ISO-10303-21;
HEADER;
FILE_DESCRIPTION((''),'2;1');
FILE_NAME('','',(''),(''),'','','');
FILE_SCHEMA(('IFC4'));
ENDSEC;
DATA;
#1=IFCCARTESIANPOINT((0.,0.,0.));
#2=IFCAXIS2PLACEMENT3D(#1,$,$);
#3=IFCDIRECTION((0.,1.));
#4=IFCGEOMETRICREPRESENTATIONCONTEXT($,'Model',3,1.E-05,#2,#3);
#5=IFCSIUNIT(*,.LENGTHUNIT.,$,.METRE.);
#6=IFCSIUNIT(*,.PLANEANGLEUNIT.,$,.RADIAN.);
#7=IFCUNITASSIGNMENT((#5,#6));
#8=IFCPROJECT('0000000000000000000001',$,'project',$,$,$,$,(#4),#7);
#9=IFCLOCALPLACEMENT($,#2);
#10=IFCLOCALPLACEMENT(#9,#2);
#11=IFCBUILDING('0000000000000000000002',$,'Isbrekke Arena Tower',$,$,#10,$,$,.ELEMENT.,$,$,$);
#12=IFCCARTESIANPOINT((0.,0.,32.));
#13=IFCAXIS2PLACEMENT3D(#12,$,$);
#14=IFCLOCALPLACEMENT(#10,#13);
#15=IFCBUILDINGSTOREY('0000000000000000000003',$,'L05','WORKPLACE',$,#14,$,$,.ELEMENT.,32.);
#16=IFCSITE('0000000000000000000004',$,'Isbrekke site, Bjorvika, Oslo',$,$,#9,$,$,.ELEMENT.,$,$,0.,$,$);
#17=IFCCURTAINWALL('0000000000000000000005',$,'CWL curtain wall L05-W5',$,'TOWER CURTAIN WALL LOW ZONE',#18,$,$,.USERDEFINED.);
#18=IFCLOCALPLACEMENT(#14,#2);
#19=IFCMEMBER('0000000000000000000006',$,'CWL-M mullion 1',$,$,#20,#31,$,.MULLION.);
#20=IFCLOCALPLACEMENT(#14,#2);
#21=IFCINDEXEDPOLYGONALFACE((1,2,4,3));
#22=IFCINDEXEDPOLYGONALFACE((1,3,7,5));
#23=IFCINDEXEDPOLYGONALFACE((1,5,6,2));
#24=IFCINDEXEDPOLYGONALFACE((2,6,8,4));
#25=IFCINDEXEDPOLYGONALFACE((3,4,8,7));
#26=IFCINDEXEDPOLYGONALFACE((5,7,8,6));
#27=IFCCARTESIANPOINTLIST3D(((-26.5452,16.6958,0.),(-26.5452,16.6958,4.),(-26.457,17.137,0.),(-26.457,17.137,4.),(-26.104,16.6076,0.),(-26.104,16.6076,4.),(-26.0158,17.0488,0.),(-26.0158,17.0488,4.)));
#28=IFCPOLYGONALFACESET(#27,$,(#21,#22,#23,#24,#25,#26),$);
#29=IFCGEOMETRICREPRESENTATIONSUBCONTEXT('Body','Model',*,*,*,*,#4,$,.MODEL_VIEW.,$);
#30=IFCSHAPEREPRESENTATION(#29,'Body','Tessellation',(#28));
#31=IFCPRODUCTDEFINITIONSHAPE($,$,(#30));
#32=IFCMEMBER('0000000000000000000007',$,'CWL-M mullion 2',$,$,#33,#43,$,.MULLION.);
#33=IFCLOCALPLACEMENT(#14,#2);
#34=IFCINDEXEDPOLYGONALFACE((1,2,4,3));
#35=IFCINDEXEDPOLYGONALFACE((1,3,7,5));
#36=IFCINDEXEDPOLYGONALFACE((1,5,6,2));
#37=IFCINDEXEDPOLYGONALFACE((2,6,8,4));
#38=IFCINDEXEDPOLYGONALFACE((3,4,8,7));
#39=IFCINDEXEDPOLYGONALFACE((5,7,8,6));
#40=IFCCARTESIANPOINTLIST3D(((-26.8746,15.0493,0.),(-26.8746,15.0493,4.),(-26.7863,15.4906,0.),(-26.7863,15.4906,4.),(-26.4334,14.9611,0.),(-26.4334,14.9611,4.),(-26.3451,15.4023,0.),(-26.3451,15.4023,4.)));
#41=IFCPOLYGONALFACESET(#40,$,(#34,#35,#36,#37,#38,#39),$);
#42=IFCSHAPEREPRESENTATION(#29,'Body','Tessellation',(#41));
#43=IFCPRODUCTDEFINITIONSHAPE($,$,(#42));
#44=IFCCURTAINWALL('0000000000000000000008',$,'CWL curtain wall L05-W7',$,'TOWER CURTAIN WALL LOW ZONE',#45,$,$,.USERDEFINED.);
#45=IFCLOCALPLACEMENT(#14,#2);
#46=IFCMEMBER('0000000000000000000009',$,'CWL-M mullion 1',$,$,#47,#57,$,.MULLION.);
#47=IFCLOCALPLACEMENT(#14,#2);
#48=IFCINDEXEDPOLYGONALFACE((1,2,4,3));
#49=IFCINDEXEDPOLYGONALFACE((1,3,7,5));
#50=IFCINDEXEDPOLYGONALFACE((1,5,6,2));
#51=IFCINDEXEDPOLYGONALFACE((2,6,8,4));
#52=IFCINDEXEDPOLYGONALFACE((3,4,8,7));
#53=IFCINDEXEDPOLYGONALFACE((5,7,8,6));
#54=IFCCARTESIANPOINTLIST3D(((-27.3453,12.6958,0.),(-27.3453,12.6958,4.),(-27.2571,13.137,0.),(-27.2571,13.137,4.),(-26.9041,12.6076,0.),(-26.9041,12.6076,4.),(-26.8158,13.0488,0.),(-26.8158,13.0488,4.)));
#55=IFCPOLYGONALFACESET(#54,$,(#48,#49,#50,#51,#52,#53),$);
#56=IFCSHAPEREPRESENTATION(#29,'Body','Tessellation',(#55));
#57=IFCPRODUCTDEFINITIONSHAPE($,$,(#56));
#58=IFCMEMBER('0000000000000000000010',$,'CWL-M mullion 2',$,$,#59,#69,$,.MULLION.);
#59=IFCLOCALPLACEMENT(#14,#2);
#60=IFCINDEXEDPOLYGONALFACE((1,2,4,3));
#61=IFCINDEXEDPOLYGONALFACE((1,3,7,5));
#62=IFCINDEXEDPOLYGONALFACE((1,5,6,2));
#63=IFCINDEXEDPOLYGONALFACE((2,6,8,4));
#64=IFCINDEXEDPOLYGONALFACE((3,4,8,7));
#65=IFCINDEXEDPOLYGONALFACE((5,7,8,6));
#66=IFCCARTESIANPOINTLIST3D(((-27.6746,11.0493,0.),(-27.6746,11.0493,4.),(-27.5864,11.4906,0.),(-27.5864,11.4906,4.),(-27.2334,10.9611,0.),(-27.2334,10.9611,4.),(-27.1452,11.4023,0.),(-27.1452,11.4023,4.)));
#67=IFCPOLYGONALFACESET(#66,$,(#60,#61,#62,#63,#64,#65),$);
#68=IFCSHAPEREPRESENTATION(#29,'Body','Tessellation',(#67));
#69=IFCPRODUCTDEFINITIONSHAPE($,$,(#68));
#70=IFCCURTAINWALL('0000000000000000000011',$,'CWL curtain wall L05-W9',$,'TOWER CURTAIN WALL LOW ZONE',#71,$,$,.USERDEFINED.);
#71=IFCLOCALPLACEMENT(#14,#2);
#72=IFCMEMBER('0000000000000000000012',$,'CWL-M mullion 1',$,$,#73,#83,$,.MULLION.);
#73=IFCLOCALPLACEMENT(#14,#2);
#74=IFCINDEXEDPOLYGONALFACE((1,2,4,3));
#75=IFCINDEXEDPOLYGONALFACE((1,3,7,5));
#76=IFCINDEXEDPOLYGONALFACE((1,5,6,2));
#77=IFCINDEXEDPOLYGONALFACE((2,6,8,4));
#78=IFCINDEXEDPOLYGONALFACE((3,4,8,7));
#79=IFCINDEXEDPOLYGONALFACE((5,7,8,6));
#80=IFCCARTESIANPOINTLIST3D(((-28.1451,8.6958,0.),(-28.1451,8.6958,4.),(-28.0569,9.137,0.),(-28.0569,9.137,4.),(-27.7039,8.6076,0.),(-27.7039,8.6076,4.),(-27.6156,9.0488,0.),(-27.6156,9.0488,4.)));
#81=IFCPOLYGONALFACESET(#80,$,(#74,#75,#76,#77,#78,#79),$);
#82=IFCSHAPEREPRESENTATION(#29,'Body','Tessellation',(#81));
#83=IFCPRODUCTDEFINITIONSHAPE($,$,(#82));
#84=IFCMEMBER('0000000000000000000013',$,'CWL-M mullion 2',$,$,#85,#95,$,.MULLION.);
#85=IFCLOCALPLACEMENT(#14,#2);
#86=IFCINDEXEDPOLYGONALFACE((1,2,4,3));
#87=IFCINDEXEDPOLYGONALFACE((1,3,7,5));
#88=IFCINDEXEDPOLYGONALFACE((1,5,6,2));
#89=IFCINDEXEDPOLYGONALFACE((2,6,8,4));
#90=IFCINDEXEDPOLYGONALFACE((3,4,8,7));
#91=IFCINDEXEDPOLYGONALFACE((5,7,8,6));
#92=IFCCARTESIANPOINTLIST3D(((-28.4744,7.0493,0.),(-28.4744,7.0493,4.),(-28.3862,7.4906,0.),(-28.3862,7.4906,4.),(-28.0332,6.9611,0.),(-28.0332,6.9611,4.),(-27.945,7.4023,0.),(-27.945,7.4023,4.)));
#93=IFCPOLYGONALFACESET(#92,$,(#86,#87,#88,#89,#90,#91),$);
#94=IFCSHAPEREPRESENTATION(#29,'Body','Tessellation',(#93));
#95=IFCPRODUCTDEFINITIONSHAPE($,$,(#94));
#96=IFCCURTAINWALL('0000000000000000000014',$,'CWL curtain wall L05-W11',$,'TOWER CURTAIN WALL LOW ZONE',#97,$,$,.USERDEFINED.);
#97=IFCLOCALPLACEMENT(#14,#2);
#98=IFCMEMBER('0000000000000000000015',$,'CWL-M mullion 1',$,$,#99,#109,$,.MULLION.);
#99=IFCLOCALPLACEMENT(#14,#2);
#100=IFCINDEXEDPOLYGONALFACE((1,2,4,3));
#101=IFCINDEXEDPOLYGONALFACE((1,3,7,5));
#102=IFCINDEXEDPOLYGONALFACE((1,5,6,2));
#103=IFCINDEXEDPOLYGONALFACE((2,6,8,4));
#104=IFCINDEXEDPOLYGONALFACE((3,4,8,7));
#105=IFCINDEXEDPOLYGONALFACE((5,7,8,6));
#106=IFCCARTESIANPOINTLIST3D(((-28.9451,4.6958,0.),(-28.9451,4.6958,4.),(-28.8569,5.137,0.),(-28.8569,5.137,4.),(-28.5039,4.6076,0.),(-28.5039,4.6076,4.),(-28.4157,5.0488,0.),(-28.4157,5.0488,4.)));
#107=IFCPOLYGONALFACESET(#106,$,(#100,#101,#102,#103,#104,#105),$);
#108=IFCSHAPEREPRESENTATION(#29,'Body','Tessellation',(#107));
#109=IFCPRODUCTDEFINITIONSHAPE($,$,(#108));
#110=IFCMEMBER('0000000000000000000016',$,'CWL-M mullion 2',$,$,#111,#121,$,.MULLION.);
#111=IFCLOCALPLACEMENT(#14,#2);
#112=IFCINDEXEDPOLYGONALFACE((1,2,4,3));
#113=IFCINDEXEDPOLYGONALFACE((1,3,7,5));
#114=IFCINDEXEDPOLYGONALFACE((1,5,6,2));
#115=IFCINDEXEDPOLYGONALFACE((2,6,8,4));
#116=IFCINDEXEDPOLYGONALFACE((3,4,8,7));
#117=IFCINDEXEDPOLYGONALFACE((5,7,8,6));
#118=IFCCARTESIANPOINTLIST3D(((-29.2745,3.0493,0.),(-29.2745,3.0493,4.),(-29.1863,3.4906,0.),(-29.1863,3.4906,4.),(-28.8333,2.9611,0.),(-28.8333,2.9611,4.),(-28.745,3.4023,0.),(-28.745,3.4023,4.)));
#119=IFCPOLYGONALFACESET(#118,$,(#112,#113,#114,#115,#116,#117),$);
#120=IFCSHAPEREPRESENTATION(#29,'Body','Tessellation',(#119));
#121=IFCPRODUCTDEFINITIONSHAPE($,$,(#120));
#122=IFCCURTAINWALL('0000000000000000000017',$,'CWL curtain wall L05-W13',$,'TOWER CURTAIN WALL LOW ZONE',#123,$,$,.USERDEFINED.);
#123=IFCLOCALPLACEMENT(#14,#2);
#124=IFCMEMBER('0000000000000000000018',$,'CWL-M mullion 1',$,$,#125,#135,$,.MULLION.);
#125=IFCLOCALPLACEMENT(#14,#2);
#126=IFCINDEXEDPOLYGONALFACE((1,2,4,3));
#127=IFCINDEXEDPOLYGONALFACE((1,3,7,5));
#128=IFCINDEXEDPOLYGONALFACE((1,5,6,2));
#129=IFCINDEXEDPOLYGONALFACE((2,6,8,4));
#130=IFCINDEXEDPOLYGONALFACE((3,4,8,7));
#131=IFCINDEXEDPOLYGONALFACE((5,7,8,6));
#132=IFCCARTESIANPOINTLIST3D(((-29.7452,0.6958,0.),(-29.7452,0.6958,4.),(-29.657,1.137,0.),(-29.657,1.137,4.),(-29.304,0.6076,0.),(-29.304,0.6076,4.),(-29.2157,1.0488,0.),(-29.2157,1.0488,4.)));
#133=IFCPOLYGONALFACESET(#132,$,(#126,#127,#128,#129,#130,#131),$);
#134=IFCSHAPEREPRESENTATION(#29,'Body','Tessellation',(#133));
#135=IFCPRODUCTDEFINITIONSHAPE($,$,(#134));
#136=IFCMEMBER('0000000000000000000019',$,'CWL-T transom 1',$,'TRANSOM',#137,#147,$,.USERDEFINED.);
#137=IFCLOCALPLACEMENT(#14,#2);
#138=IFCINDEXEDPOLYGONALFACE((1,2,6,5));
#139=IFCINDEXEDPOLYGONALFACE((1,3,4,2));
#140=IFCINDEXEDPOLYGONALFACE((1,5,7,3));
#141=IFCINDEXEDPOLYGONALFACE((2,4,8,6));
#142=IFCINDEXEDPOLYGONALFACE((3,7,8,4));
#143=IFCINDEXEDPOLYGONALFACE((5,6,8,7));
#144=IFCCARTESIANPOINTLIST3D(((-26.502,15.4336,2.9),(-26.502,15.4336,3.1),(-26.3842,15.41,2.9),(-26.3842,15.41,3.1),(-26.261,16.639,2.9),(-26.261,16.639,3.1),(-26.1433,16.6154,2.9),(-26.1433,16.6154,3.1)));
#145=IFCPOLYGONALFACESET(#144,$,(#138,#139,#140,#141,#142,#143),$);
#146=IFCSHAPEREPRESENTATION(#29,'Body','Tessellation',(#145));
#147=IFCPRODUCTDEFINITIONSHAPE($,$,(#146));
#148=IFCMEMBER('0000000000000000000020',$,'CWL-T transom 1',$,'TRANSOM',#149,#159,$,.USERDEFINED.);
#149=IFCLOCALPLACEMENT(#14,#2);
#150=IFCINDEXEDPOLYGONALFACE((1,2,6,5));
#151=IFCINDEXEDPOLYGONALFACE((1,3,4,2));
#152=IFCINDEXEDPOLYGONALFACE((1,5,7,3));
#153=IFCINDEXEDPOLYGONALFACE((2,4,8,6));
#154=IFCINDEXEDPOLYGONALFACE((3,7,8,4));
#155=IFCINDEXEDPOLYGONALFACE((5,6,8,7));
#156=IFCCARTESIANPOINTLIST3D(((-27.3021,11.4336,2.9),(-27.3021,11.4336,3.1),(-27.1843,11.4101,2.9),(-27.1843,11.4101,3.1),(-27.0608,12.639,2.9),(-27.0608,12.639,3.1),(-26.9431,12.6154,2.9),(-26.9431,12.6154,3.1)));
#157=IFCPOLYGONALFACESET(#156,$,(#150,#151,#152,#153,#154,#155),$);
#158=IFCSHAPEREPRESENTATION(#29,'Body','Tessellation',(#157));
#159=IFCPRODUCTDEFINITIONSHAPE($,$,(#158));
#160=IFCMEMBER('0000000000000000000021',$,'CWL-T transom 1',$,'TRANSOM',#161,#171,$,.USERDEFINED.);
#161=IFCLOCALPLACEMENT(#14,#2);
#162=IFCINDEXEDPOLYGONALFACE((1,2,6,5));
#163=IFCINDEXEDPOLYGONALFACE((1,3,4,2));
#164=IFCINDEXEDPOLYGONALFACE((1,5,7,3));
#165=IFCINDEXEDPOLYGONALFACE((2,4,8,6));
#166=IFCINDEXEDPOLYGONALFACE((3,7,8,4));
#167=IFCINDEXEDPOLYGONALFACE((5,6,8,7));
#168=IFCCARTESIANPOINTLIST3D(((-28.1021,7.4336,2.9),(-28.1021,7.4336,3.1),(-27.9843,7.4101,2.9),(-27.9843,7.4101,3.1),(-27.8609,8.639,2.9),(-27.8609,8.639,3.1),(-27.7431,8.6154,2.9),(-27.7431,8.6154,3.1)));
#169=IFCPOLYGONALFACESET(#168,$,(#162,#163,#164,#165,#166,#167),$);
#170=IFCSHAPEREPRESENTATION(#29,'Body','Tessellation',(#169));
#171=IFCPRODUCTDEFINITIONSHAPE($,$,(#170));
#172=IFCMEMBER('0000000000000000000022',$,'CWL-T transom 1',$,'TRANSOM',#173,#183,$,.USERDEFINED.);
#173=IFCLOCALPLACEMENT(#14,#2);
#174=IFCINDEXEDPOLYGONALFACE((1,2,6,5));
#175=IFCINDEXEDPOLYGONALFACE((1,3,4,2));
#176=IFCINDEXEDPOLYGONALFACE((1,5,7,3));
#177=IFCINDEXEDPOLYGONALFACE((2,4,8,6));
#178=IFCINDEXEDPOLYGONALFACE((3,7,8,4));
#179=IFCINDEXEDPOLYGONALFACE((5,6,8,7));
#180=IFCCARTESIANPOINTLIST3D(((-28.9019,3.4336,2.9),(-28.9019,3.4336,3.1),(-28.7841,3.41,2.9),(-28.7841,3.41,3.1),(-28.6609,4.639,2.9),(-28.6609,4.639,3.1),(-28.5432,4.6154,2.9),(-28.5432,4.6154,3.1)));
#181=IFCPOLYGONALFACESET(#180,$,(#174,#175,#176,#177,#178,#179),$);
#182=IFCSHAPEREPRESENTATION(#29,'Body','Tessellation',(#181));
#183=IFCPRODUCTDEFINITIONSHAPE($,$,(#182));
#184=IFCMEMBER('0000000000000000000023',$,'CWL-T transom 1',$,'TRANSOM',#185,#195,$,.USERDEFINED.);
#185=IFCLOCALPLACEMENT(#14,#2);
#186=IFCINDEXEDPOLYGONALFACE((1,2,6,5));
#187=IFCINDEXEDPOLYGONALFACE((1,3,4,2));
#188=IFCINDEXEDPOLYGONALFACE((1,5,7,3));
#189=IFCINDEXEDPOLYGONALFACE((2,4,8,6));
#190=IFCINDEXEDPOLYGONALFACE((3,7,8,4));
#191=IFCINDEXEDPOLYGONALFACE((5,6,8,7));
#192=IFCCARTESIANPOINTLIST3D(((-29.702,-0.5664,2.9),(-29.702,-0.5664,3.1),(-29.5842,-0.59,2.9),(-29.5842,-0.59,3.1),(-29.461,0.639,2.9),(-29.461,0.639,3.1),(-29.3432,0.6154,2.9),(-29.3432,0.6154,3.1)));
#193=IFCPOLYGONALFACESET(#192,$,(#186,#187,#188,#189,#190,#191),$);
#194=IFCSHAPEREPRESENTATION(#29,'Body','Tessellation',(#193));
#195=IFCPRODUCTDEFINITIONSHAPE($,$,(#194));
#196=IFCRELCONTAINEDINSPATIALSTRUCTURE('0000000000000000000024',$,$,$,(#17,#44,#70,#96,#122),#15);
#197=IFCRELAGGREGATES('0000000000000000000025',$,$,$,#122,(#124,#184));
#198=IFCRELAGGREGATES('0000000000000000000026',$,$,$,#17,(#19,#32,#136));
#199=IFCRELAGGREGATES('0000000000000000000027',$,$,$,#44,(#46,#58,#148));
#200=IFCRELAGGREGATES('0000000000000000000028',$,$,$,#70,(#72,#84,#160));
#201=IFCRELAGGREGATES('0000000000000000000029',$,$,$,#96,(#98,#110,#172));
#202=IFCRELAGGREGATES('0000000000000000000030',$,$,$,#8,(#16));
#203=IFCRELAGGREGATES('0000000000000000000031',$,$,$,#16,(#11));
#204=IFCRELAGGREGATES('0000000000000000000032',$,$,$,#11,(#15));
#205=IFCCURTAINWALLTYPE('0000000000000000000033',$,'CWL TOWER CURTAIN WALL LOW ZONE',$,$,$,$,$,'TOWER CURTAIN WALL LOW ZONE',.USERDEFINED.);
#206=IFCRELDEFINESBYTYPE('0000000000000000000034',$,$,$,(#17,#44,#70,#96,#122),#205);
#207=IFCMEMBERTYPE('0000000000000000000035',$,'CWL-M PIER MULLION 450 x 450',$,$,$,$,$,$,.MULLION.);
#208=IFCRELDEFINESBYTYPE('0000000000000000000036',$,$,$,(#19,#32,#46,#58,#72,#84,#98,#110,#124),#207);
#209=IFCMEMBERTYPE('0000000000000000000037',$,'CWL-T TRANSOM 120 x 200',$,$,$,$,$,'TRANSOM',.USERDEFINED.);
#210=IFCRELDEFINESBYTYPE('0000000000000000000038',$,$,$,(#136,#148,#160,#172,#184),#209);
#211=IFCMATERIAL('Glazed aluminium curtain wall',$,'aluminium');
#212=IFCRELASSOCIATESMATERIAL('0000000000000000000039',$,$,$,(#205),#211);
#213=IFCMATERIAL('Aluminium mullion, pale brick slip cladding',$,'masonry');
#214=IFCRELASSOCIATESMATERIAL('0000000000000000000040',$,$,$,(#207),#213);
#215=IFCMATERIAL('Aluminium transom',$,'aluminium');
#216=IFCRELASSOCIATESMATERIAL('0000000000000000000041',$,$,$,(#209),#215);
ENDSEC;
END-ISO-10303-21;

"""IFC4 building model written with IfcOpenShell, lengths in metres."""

from ifc_helpers import new_model, si_unit, direction, frame, origin, origin_2d, place, context, subcontext, project, spatial, rectangle, extrude, material, material_profile, profile_set, type_object, element, aggregate, save


model = new_model("IFC4")

# Units and contexts
model_context = context("Model", 3, precision=1e-05, world=origin(), true_north=direction((0.0, 1.0)))
body_context = subcontext(model_context, "Body", "Model", "MODEL_VIEW")
ifc_project = project(units=[si_unit("LENGTHUNIT", "METRE"), si_unit("PLANEANGLEUNIT", "RADIAN")], contexts=[model_context])

# Site, building, storey
site_placement = place(None, origin())
site = spatial("IfcSite", under=ifc_project, at=site_placement, Name="Isbrekke site, Bjorvika, Oslo", CompositionType="ELEMENT", RefElevation=0.0)
building_placement = place(site_placement, origin())
building = spatial("IfcBuilding", under=site, at=building_placement, Name="Isbrekke Arena Tower", CompositionType="ELEMENT")
storey_placement = place(building_placement, frame((0.0, 0.0, 32.0)))
storey = spatial("IfcBuildingStorey", under=building, at=storey_placement, Name="L05", Description="WORKPLACE", CompositionType="ELEMENT", Elevation=32.0)

# Curtain walls, members
ifc_material_1 = material(Name="Glazed aluminium curtain wall", Category="aluminium")
curtain_wall_type = type_object("IfcCurtainWallType", Name="CWL TOWER CURTAIN WALL LOW ZONE", ElementType="TOWER CURTAIN WALL LOW ZONE", PredefinedType="USERDEFINED", material=ifc_material_1)
curtain_wall_1_placement = place(storey_placement, origin())
curtain_wall_1 = element("IfcCurtainWall", 1, at=curtain_wall_1_placement, inside=storey, type_object=curtain_wall_type, Name="CWL curtain wall L05-W5", ObjectType="TOWER CURTAIN WALL LOW ZONE", PredefinedType="USERDEFINED")
ifc_material_2 = material(Name="Aluminium mullion, pale brick slip cladding", Category="masonry")
ifc_material_profile_1 = material_profile(ifc_material_2, rectangle(XDim=0.45, YDim=0.45, at=origin_2d()), Name="PIER 450X450")
ifc_profile_set_1 = profile_set([ifc_material_profile_1], Name="Aluminium mullion, pale brick slip cladding")
member_type_1 = type_object("IfcMemberType", Name="CWL-M PIER MULLION 450 x 450", PredefinedType="MULLION", material=ifc_profile_set_1)
member_1_placement = place(storey_placement, frame((-26.2805, 16.8723, 0.0), z_axis=(0.0, 0.0, 1.0), x_axis=(-0.196116, -0.980581, 0.0)))
member_1 = element("IfcMember", 2, at=member_1_placement, type_object=member_type_1, Name="CWL-M mullion 1", PredefinedType="MULLION", context=body_context, shape_type="SweptSolid", body=[
    extrude(rectangle(XDim=0.45, YDim=0.45, at=origin_2d()), origin(), (0.0, 0.0, 1.0), 4.0),
])
member_2_placement = place(storey_placement, frame((-26.6099, 15.2258, 0.0), z_axis=(0.0, 0.0, 1.0), x_axis=(-0.196116, -0.980581, 0.0)))
member_2 = element("IfcMember", 3, at=member_2_placement, type_object=member_type_1, Name="CWL-M mullion 2", PredefinedType="MULLION", context=body_context, shape_type="SweptSolid", body=[
    extrude(rectangle(XDim=0.45, YDim=0.45, at=origin_2d()), origin(), (0.0, 0.0, 1.0), 4.0),
])
curtain_wall_2_placement = place(storey_placement, origin())
curtain_wall_2 = element("IfcCurtainWall", 4, at=curtain_wall_2_placement, inside=storey, type_object=curtain_wall_type, Name="CWL curtain wall L05-W7", ObjectType="TOWER CURTAIN WALL LOW ZONE", PredefinedType="USERDEFINED")
member_3_placement = place(storey_placement, frame((-27.0806, 12.8723, 0.0), z_axis=(0.0, 0.0, 1.0), x_axis=(-0.196116, -0.980581, 0.0)))
member_3 = element("IfcMember", 5, at=member_3_placement, type_object=member_type_1, Name="CWL-M mullion 1", PredefinedType="MULLION", context=body_context, shape_type="SweptSolid", body=[
    extrude(rectangle(XDim=0.45, YDim=0.45, at=origin_2d()), origin(), (0.0, 0.0, 1.0), 4.0),
])
member_4_placement = place(storey_placement, frame((-27.4099, 11.2258, 0.0), z_axis=(0.0, 0.0, 1.0), x_axis=(-0.196116, -0.980581, 0.0)))
member_4 = element("IfcMember", 6, at=member_4_placement, type_object=member_type_1, Name="CWL-M mullion 2", PredefinedType="MULLION", context=body_context, shape_type="SweptSolid", body=[
    extrude(rectangle(XDim=0.45, YDim=0.45, at=origin_2d()), origin(), (0.0, 0.0, 1.0), 4.0),
])
curtain_wall_3_placement = place(storey_placement, origin())
curtain_wall_3 = element("IfcCurtainWall", 7, at=curtain_wall_3_placement, inside=storey, type_object=curtain_wall_type, Name="CWL curtain wall L05-W9", ObjectType="TOWER CURTAIN WALL LOW ZONE", PredefinedType="USERDEFINED")
member_5_placement = place(storey_placement, frame((-27.8804, 8.8723, 0.0), z_axis=(0.0, 0.0, 1.0), x_axis=(-0.196116, -0.980581, 0.0)))
member_5 = element("IfcMember", 8, at=member_5_placement, type_object=member_type_1, Name="CWL-M mullion 1", PredefinedType="MULLION", context=body_context, shape_type="SweptSolid", body=[
    extrude(rectangle(XDim=0.45, YDim=0.45, at=origin_2d()), origin(), (0.0, 0.0, 1.0), 4.0),
])
member_6_placement = place(storey_placement, frame((-28.2097, 7.2258, 0.0), z_axis=(0.0, 0.0, 1.0), x_axis=(-0.196116, -0.980581, 0.0)))
member_6 = element("IfcMember", 9, at=member_6_placement, type_object=member_type_1, Name="CWL-M mullion 2", PredefinedType="MULLION", context=body_context, shape_type="SweptSolid", body=[
    extrude(rectangle(XDim=0.45, YDim=0.45, at=origin_2d()), origin(), (0.0, 0.0, 1.0), 4.0),
])
curtain_wall_4_placement = place(storey_placement, origin())
curtain_wall_4 = element("IfcCurtainWall", 10, at=curtain_wall_4_placement, inside=storey, type_object=curtain_wall_type, Name="CWL curtain wall L05-W11", ObjectType="TOWER CURTAIN WALL LOW ZONE", PredefinedType="USERDEFINED")
member_7_placement = place(storey_placement, frame((-28.6804, 4.8723, 0.0), z_axis=(0.0, 0.0, 1.0), x_axis=(-0.196116, -0.980581, 0.0)))
member_7 = element("IfcMember", 11, at=member_7_placement, type_object=member_type_1, Name="CWL-M mullion 1", PredefinedType="MULLION", context=body_context, shape_type="SweptSolid", body=[
    extrude(rectangle(XDim=0.45, YDim=0.45, at=origin_2d()), origin(), (0.0, 0.0, 1.0), 4.0),
])
member_8_placement = place(storey_placement, frame((-29.0098, 3.2258, 0.0), z_axis=(0.0, 0.0, 1.0), x_axis=(-0.196116, -0.980581, 0.0)))
member_8 = element("IfcMember", 12, at=member_8_placement, type_object=member_type_1, Name="CWL-M mullion 2", PredefinedType="MULLION", context=body_context, shape_type="SweptSolid", body=[
    extrude(rectangle(XDim=0.45, YDim=0.45, at=origin_2d()), origin(), (0.0, 0.0, 1.0), 4.0),
])

# Curtain wall, member
curtain_wall_5_placement = place(storey_placement, origin())
curtain_wall_5 = element("IfcCurtainWall", 13, at=curtain_wall_5_placement, inside=storey, type_object=curtain_wall_type, Name="CWL curtain wall L05-W13", ObjectType="TOWER CURTAIN WALL LOW ZONE", PredefinedType="USERDEFINED")
member_9_placement = place(storey_placement, frame((-29.4805, 0.8723, 0.0), z_axis=(0.0, 0.0, 1.0), x_axis=(-0.196116, -0.980581, 0.0)))
member_9 = element("IfcMember", 14, at=member_9_placement, type_object=member_type_1, Name="CWL-M mullion 1", PredefinedType="MULLION", context=body_context, shape_type="SweptSolid", body=[
    extrude(rectangle(XDim=0.45, YDim=0.45, at=origin_2d()), origin(), (0.0, 0.0, 1.0), 4.0),
])

# Members
ifc_material_3 = material(Name="Aluminium transom", Category="aluminium")
ifc_material_profile_2 = material_profile(ifc_material_3, rectangle(XDim=0.1201, YDim=0.2, at=origin_2d()), Name="TRANSOM 120X200")
ifc_profile_set_2 = profile_set([ifc_material_profile_2], Name="Aluminium transom")
member_type_2 = type_object("IfcMemberType", Name="CWL-T TRANSOM 120 x 200", ElementType="TRANSOM", PredefinedType="USERDEFINED", material=ifc_profile_set_2)
member_10_placement = place(storey_placement, frame((-26.2021, 16.6272, 3.0), z_axis=(-0.19604, -0.980596, 0.0), x_axis=(0.980596, -0.19604, 0.0)))
member_10 = element("IfcMember", 15, at=member_10_placement, type_object=member_type_2, Name="CWL-T transom 1", ObjectType="TRANSOM", PredefinedType="USERDEFINED", context=body_context, shape_type="SweptSolid", body=[
    extrude(rectangle(XDim=0.1201, YDim=0.2, at=origin_2d()), origin(), (0.0, 0.0, 1.0), 1.2292),
])
member_11_placement = place(storey_placement, frame((-27.002, 12.6272, 3.0), z_axis=(-0.196231, -0.980558, 0.0), x_axis=(0.980558, -0.196231, 0.0)))
member_11 = element("IfcMember", 16, at=member_11_placement, type_object=member_type_2, Name="CWL-T transom 1", ObjectType="TRANSOM", PredefinedType="USERDEFINED", context=body_context, shape_type="SweptSolid", body=[
    extrude(rectangle(XDim=0.1201, YDim=0.2, at=origin_2d()), origin(), (0.0, 0.0, 1.0), 1.2292),
])
member_12_placement = place(storey_placement, frame((-27.802, 8.6272, 3.0), z_axis=(-0.196231, -0.980558, 0.0), x_axis=(0.980558, -0.196231, 0.0)))
member_12 = element("IfcMember", 17, at=member_12_placement, type_object=member_type_2, Name="CWL-T transom 1", ObjectType="TRANSOM", PredefinedType="USERDEFINED", context=body_context, shape_type="SweptSolid", body=[
    extrude(rectangle(XDim=0.1201, YDim=0.2, at=origin_2d()), origin(), (0.0, 0.0, 1.0), 1.2292),
])
member_13_placement = place(storey_placement, frame((-28.6021, 4.6272, 3.0), z_axis=(-0.19604, -0.980596, 0.0), x_axis=(0.980596, -0.19604, 0.0)))
member_13 = element("IfcMember", 18, at=member_13_placement, type_object=member_type_2, Name="CWL-T transom 1", ObjectType="TRANSOM", PredefinedType="USERDEFINED", context=body_context, shape_type="SweptSolid", body=[
    extrude(rectangle(XDim=0.1201, YDim=0.2, at=origin_2d()), origin(), (0.0, 0.0, 1.0), 1.2292),
])
member_14_placement = place(storey_placement, frame((-29.4021, 0.6272, 3.0), z_axis=(-0.19604, -0.980596, 0.0), x_axis=(0.980596, -0.19604, 0.0)))
member_14 = element("IfcMember", 19, at=member_14_placement, type_object=member_type_2, Name="CWL-T transom 1", ObjectType="TRANSOM", PredefinedType="USERDEFINED", context=body_context, shape_type="SweptSolid", body=[
    extrude(rectangle(XDim=0.1201, YDim=0.2, at=origin_2d()), origin(), (0.0, 0.0, 1.0), 1.2292),
])
aggregate(curtain_wall_5, [member_9, member_14])

aggregate(curtain_wall_1, [member_1, member_2, member_10])
aggregate(curtain_wall_2, [member_3, member_4, member_11])
aggregate(curtain_wall_3, [member_5, member_6, member_12])
aggregate(curtain_wall_4, [member_7, member_8, member_13])

save(model, "model.ifc")
